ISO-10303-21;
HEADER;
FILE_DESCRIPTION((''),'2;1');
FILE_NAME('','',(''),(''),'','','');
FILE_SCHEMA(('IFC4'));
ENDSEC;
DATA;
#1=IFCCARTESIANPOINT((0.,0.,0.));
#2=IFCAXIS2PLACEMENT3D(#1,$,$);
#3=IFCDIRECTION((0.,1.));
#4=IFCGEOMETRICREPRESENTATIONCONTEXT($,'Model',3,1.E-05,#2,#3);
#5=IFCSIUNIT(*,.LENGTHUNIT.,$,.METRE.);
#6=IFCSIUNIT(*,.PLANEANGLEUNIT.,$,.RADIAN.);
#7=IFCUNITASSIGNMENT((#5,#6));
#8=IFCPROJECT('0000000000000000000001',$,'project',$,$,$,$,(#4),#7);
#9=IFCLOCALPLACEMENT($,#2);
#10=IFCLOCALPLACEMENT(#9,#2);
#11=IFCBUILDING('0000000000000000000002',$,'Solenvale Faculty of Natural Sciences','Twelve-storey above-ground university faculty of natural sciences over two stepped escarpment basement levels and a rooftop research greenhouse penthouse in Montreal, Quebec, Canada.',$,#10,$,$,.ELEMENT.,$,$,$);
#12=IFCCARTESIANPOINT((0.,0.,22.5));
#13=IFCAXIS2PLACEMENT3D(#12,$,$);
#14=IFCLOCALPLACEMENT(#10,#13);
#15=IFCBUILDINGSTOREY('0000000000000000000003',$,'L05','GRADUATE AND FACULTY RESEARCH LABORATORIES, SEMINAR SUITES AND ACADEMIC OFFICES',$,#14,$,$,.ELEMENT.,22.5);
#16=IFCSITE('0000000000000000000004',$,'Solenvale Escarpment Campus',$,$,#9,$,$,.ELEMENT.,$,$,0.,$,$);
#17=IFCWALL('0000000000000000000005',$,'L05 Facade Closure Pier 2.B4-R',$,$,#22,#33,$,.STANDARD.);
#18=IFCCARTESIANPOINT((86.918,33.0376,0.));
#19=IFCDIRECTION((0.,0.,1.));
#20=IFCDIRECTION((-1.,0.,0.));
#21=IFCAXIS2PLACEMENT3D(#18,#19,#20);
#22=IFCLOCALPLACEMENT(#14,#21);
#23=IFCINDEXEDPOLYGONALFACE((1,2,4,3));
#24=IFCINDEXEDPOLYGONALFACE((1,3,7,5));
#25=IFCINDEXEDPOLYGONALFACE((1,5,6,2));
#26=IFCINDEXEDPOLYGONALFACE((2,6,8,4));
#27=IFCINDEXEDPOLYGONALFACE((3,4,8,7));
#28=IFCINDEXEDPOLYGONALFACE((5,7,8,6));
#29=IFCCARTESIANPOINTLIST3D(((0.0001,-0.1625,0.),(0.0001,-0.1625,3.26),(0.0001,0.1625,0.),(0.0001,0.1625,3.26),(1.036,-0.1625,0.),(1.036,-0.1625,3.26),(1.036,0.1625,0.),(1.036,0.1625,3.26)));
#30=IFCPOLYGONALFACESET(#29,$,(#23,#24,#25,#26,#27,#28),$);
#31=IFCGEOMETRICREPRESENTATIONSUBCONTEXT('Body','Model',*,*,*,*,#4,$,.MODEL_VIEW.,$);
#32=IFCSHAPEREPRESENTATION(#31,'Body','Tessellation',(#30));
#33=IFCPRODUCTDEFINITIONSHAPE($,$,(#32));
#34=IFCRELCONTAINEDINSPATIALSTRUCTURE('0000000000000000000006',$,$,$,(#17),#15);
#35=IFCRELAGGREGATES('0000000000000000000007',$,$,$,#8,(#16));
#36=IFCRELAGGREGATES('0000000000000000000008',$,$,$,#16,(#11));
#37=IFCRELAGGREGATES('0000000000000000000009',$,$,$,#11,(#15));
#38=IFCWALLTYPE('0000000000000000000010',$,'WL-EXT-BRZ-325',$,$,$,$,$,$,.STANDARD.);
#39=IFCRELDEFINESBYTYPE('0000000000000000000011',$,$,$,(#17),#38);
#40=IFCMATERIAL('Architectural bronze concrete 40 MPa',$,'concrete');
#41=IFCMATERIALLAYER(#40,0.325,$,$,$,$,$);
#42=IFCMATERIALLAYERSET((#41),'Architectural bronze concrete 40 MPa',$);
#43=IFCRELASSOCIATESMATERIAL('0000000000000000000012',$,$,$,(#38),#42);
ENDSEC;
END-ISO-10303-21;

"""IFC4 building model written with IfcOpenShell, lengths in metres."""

from ifc_helpers import new_model, si_unit, direction, frame, frame_2d, origin, place, context, subcontext, project, spatial, rectangle, extrude, material, layer, layer_set, type_object, element, save


model = new_model("IFC4")

# Units and contexts
model_context = context("Model", 3, precision=1e-05, world=origin(), true_north=direction((0.0, 1.0)))
body_context = subcontext(model_context, "Body", "Model", "MODEL_VIEW")
ifc_project = project(units=[si_unit("LENGTHUNIT", "METRE"), si_unit("PLANEANGLEUNIT", "RADIAN")], contexts=[model_context])

# Site, building, storey
site_placement = place(None, origin())
site = spatial("IfcSite", under=ifc_project, at=site_placement, Name="Solenvale Escarpment Campus", CompositionType="ELEMENT", RefElevation=0.0)
building_placement = place(site_placement, origin())
building = spatial("IfcBuilding", under=site, at=building_placement, Name="Solenvale Faculty of Natural Sciences", Description="Twelve-storey above-ground university faculty of natural sciences over two stepped escarpment basement levels and a rooftop research greenhouse penthouse in Montreal, Quebec, Canada.", CompositionType="ELEMENT")
storey_placement = place(building_placement, frame((0.0, 0.0, 22.5)))
storey = spatial("IfcBuildingStorey", under=building, at=storey_placement, Name="L05", Description="GRADUATE AND FACULTY RESEARCH LABORATORIES, SEMINAR SUITES AND ACADEMIC OFFICES", CompositionType="ELEMENT", Elevation=22.5)

# Wall
ifc_material_1 = material(Name="Architectural bronze concrete 40 MPa", Category="concrete")
ifc_layer_1 = layer(ifc_material_1, 0.325)
ifc_layer_set_1 = layer_set([ifc_layer_1], Name="Architectural bronze concrete 40 MPa")
wall_type_1 = type_object("IfcWallType", Name="WL-EXT-BRZ-325", PredefinedType="STANDARD", material=ifc_layer_set_1)
wall_placement = place(storey_placement, frame((86.918, 33.0376, 0.0), z_axis=(0.0, 0.0, 1.0), x_axis=(-1.0, 0.0, 0.0)))
element("IfcWall", 1, at=wall_placement, inside=storey, type_object=wall_type_1, Name="L05 Facade Closure Pier 2.B4-R", PredefinedType="STANDARD", context=body_context, shape_type="SweptSolid", body=[
    extrude(rectangle(XDim=1.0359, YDim=0.325, at=frame_2d((0.5181, 0.0))), origin(), (0.0, 0.0, 1.0), 3.26),
])

save(model, "model.ifc")
